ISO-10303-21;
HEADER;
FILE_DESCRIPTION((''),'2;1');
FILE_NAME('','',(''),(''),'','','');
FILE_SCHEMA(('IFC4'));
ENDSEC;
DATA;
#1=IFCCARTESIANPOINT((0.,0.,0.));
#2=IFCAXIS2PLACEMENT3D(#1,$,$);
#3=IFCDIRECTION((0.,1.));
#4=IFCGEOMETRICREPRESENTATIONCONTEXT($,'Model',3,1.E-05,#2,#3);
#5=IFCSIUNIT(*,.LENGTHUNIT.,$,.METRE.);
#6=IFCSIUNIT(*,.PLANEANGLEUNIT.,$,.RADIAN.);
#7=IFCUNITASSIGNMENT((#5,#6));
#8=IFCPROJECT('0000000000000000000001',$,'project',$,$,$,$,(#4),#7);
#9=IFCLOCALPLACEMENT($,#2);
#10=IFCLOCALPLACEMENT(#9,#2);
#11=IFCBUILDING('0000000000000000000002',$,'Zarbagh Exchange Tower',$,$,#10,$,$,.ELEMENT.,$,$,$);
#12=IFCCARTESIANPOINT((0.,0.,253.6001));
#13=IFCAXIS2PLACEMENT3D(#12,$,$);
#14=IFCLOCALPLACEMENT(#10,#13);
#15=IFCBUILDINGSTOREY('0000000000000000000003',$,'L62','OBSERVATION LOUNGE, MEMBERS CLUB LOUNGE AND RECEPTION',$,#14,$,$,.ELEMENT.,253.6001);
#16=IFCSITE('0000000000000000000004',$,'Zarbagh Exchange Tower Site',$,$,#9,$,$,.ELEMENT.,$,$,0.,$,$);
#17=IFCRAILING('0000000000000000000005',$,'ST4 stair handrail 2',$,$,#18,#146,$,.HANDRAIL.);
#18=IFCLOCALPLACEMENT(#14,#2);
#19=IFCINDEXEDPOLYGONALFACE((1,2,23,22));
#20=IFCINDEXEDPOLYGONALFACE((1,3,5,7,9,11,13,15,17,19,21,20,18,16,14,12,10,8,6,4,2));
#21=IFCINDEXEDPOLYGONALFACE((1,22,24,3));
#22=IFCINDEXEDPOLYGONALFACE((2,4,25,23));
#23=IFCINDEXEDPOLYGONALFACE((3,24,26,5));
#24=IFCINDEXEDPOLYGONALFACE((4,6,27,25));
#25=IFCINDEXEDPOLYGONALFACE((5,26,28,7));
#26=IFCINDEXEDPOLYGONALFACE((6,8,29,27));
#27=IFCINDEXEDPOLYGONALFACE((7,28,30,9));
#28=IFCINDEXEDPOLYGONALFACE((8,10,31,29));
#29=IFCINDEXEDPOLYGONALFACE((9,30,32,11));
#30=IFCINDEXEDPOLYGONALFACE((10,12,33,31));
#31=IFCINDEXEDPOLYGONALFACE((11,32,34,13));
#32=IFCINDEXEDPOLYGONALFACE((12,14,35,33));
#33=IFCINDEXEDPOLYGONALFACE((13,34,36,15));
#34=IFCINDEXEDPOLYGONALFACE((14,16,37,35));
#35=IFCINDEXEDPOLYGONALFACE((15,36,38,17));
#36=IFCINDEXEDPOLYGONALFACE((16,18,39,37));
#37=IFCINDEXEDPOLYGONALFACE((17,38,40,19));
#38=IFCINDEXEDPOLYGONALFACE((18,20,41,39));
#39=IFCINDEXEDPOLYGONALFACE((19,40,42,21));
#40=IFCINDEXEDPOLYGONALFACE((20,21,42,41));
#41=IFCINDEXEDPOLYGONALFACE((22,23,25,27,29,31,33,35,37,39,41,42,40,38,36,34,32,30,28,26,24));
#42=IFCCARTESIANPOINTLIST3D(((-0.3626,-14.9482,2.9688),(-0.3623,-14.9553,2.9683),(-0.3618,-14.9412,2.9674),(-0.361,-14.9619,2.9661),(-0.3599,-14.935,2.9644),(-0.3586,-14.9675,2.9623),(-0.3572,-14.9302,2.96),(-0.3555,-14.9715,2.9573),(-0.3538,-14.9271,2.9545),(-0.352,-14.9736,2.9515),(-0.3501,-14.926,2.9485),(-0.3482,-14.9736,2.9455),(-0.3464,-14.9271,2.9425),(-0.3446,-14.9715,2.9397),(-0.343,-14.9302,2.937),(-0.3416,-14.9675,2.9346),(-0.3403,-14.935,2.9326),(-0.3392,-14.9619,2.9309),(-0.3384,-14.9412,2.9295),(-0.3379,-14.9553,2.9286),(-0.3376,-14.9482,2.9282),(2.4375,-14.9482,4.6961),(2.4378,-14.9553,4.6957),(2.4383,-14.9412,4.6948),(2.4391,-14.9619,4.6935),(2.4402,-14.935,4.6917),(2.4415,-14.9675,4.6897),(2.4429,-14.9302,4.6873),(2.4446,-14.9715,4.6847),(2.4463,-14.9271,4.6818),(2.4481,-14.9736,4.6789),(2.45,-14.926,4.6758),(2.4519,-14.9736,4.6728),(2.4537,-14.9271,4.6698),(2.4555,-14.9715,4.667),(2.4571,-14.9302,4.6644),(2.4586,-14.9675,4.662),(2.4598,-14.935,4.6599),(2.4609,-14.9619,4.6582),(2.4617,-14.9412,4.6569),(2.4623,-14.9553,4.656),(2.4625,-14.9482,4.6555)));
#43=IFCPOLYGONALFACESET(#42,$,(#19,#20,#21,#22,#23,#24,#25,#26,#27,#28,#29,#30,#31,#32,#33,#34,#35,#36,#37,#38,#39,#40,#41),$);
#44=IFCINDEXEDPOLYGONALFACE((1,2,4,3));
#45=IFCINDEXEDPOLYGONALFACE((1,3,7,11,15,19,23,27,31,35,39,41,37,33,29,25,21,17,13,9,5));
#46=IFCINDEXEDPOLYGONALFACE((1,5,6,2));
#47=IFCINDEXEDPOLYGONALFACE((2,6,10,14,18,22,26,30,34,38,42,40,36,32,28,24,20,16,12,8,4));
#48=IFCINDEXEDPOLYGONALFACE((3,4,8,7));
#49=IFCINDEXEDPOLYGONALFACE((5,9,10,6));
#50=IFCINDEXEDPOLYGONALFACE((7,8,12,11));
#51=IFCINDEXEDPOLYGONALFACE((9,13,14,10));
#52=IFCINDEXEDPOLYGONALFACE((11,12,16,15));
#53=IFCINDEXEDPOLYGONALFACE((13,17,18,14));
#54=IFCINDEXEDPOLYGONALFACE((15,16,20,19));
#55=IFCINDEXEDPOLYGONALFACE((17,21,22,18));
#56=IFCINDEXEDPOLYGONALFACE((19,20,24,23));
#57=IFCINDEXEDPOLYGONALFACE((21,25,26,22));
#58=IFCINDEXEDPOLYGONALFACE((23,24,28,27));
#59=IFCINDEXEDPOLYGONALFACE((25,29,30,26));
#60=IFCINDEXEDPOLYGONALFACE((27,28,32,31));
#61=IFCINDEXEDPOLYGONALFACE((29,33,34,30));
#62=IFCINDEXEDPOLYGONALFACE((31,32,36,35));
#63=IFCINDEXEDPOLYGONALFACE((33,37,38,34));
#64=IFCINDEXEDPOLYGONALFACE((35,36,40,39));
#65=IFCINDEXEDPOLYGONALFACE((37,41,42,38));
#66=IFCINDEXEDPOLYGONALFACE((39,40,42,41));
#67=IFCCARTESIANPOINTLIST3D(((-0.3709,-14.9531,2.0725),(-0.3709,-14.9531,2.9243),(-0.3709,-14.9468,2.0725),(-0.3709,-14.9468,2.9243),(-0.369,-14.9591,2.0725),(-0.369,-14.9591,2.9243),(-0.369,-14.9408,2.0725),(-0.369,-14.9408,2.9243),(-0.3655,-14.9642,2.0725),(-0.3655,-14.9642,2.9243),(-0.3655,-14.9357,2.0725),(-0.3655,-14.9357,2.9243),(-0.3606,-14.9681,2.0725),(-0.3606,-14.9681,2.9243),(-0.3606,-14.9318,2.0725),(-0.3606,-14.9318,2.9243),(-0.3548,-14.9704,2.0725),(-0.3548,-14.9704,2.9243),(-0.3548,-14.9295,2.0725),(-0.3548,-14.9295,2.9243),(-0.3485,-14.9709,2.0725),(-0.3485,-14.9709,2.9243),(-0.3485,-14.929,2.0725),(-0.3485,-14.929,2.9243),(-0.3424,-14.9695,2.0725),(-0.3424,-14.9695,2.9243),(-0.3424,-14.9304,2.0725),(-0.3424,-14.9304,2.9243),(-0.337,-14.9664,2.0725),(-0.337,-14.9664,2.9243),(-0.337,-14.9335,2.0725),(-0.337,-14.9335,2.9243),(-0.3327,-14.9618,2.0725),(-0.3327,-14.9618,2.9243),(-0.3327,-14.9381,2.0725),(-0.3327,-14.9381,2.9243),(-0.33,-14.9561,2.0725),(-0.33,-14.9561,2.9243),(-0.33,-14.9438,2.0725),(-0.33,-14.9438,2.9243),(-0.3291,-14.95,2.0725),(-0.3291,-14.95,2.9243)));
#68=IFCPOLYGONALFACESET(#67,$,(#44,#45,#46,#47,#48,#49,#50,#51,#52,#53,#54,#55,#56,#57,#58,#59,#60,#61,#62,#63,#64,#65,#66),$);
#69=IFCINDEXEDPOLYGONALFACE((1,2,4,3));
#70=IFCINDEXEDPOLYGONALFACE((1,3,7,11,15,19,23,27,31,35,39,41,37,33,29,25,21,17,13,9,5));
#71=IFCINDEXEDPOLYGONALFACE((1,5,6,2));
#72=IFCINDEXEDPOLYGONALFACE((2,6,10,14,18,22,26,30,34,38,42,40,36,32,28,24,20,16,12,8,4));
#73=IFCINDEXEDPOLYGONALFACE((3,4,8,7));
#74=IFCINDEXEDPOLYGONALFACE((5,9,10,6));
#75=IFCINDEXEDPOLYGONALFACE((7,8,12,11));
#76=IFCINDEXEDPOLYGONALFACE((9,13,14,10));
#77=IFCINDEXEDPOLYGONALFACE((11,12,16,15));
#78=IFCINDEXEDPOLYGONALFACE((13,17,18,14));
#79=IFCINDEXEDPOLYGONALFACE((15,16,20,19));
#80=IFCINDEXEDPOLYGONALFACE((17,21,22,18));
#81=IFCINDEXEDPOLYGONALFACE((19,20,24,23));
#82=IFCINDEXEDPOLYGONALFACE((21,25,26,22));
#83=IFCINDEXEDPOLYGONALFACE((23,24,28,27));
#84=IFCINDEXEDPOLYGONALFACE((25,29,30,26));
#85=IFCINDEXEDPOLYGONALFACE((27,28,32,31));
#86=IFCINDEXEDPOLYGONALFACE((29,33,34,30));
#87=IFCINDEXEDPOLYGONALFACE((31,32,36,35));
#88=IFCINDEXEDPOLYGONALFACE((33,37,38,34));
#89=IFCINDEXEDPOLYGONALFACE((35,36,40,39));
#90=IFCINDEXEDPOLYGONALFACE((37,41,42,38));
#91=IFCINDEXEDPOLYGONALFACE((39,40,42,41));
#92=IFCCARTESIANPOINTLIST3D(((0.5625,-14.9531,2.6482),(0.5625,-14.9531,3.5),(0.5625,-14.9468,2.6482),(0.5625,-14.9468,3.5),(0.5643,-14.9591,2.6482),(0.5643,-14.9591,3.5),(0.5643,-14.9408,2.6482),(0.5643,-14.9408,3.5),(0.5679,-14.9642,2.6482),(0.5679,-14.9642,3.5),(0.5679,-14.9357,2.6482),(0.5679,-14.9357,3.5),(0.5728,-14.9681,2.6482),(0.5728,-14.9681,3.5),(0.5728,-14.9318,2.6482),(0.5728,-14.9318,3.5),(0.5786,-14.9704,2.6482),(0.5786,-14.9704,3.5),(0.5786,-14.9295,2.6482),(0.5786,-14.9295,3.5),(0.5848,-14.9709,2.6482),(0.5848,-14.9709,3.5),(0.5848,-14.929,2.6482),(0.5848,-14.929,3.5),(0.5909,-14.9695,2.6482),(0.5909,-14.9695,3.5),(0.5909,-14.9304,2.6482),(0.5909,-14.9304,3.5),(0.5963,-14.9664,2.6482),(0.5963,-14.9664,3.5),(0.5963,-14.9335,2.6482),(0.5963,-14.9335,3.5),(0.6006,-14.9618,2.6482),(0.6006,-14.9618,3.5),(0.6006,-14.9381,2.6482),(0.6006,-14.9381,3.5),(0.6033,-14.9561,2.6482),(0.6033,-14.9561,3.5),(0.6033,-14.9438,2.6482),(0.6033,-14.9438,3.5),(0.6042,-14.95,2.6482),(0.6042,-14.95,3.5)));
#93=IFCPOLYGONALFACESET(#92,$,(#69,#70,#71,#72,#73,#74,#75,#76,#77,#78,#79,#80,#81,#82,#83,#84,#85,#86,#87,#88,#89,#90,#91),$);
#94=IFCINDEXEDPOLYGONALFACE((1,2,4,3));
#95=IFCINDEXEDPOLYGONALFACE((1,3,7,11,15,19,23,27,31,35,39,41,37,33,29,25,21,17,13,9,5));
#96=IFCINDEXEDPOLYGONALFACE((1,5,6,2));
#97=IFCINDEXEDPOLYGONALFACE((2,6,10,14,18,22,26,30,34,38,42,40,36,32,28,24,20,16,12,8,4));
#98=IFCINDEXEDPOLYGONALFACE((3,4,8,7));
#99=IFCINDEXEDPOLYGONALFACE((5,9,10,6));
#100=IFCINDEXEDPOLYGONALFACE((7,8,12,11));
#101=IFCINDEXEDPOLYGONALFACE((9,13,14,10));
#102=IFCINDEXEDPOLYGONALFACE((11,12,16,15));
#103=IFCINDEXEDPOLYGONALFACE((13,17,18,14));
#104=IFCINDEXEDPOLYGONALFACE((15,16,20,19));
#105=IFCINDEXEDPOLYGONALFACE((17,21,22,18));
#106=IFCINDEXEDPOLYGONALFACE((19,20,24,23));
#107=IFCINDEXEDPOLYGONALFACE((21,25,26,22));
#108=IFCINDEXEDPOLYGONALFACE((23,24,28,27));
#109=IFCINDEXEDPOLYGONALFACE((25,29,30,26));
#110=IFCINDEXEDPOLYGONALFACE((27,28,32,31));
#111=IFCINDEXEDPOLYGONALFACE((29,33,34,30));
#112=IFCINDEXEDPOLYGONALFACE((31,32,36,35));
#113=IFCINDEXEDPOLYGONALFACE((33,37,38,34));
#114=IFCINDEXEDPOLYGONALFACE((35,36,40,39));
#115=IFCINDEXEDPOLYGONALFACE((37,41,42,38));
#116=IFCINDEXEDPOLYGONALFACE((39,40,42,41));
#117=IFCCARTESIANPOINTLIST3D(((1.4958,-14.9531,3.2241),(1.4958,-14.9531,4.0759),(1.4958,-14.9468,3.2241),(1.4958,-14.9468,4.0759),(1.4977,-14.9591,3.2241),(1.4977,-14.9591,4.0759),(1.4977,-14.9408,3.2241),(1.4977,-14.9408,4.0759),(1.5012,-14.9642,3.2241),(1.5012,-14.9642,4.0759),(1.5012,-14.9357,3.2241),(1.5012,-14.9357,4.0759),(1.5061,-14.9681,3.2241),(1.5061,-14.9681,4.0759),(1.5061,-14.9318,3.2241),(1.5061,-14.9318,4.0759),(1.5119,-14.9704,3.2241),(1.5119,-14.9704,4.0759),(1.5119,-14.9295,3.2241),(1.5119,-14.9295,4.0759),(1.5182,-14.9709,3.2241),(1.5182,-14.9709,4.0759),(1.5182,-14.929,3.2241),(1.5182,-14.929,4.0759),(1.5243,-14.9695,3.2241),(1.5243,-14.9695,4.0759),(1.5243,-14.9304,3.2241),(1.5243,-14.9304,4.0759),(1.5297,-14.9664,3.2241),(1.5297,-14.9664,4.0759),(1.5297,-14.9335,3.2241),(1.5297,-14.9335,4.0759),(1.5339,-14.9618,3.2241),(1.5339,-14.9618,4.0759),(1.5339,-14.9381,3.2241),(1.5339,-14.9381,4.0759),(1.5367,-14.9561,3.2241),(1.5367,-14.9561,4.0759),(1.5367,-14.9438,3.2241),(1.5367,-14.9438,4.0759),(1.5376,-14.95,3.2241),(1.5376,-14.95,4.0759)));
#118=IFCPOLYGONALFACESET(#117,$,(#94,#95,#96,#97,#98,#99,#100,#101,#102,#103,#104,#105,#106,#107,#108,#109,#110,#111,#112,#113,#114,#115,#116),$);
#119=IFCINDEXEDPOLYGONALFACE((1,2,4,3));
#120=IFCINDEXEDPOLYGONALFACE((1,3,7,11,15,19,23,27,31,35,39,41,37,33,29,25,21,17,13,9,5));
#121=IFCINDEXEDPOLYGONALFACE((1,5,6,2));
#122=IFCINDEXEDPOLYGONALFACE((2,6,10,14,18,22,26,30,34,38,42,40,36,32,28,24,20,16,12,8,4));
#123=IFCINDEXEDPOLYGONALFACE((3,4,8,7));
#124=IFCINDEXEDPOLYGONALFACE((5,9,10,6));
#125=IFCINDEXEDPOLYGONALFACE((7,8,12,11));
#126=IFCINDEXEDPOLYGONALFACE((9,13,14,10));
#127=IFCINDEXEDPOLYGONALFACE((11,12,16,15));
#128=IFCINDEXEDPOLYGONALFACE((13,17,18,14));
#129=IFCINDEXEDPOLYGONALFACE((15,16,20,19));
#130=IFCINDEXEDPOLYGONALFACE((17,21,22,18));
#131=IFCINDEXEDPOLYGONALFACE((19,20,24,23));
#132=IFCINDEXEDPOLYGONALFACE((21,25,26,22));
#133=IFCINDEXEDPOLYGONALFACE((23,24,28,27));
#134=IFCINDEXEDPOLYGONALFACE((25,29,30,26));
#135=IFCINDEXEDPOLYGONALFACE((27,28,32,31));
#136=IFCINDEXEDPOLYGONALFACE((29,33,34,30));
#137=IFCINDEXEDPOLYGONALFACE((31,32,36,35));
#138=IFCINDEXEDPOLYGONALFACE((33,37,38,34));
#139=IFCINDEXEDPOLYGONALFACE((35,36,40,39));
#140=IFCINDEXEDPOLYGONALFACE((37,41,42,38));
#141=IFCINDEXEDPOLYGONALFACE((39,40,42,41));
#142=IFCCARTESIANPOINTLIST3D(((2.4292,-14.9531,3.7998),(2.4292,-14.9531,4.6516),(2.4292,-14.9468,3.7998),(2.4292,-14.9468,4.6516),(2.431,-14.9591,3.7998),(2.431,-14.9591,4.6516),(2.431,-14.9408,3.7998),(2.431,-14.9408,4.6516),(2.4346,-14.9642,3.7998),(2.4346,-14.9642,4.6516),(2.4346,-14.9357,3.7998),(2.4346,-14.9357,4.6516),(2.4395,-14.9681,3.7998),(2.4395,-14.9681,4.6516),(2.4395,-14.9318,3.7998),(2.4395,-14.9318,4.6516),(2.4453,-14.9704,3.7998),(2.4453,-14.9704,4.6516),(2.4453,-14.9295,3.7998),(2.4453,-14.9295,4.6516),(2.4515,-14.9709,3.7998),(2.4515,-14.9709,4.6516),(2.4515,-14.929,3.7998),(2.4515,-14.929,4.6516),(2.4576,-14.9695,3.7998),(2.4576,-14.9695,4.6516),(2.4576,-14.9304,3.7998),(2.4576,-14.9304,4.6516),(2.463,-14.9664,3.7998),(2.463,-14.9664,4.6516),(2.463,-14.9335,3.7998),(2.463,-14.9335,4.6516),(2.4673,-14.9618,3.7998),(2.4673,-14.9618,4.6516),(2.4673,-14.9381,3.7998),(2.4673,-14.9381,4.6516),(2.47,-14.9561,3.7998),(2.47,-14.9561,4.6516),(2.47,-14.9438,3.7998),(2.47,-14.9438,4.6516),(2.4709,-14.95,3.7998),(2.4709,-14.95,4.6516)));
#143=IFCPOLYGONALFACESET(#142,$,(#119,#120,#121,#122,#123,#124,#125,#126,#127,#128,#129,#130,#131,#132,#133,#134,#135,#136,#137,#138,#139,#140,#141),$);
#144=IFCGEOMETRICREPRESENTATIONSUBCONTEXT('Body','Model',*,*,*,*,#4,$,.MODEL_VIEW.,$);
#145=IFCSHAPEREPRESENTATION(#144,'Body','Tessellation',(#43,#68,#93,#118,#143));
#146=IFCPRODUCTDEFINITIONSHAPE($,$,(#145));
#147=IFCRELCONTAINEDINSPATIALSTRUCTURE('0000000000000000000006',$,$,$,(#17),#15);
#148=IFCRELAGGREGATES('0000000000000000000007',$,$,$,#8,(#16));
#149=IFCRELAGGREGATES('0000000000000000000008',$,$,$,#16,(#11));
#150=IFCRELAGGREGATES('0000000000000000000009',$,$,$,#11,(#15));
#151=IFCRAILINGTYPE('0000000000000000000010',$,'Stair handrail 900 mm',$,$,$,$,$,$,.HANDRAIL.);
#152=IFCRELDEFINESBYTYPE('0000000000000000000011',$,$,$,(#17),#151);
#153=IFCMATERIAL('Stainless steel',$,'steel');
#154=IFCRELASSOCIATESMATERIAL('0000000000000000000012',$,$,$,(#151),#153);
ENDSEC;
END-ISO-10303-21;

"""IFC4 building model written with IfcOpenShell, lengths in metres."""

from ifc_helpers import new_model, si_unit, direction, frame, origin, origin_2d, place, context, subcontext, project, spatial, circle, extrude, material, type_object, element, save


model = new_model("IFC4")

# Units and contexts
model_context = context("Model", 3, precision=1e-05, world=origin(), true_north=direction((0.0, 1.0)))
body_context = subcontext(model_context, "Body", "Model", "MODEL_VIEW")
ifc_project = project(units=[si_unit("LENGTHUNIT", "METRE"), si_unit("PLANEANGLEUNIT", "RADIAN")], contexts=[model_context])

# Site, building, storey
site_placement = place(None, origin())
site = spatial("IfcSite", under=ifc_project, at=site_placement, Name="Zarbagh Exchange Tower Site", CompositionType="ELEMENT", RefElevation=0.0)
building_placement = place(site_placement, origin())
building = spatial("IfcBuilding", under=site, at=building_placement, Name="Zarbagh Exchange Tower", CompositionType="ELEMENT")
storey_placement = place(building_placement, frame((0.0, 0.0, 253.6001)))
storey = spatial("IfcBuildingStorey", under=building, at=storey_placement, Name="L62", Description="OBSERVATION LOUNGE, MEMBERS CLUB LOUNGE AND RECEPTION", CompositionType="ELEMENT", Elevation=253.6001)

# Shared definitions
ifc_material_1 = material(Name="Stainless steel", Category="steel")

# Railing
railing_type_1 = type_object("IfcRailingType", Name="Stair handrail 900 mm", PredefinedType="HANDRAIL", material=ifc_material_1)
railing_1_placement = place(storey_placement, frame((-0.3501, -14.95, 2.0725)))
element("IfcRailing", 1, at=railing_1_placement, inside=storey, type_object=railing_type_1, Name="ST4 stair handrail 2", PredefinedType="HANDRAIL", context=body_context, shape_type="SweptSolid", body=[
    extrude(circle(Radius=0.0239, at=origin_2d()), frame((0.0, 0.0, 0.876), z_axis=(0.85109, 0.0, 0.52502), x_axis=(0.0, 1.0, 0.0)), (0.0, 0.0, 1.0), 3.29),
    extrude(circle(Radius=0.021, at=origin_2d()), origin(), (0.0, 0.0, 1.0), 0.8518),
    extrude(circle(Radius=0.021, at=origin_2d()), frame((0.9333, 0.0, 0.5757)), (0.0, 0.0, 1.0), 0.8518),
    extrude(circle(Radius=0.021, at=origin_2d()), frame((1.8667, 0.0, 1.1516)), (0.0, 0.0, 1.0), 0.8518),
    extrude(circle(Radius=0.021, at=origin_2d()), frame((2.8, 0.0, 1.7273)), (0.0, 0.0, 1.0), 0.8518),
])

save(model, "model.ifc")
